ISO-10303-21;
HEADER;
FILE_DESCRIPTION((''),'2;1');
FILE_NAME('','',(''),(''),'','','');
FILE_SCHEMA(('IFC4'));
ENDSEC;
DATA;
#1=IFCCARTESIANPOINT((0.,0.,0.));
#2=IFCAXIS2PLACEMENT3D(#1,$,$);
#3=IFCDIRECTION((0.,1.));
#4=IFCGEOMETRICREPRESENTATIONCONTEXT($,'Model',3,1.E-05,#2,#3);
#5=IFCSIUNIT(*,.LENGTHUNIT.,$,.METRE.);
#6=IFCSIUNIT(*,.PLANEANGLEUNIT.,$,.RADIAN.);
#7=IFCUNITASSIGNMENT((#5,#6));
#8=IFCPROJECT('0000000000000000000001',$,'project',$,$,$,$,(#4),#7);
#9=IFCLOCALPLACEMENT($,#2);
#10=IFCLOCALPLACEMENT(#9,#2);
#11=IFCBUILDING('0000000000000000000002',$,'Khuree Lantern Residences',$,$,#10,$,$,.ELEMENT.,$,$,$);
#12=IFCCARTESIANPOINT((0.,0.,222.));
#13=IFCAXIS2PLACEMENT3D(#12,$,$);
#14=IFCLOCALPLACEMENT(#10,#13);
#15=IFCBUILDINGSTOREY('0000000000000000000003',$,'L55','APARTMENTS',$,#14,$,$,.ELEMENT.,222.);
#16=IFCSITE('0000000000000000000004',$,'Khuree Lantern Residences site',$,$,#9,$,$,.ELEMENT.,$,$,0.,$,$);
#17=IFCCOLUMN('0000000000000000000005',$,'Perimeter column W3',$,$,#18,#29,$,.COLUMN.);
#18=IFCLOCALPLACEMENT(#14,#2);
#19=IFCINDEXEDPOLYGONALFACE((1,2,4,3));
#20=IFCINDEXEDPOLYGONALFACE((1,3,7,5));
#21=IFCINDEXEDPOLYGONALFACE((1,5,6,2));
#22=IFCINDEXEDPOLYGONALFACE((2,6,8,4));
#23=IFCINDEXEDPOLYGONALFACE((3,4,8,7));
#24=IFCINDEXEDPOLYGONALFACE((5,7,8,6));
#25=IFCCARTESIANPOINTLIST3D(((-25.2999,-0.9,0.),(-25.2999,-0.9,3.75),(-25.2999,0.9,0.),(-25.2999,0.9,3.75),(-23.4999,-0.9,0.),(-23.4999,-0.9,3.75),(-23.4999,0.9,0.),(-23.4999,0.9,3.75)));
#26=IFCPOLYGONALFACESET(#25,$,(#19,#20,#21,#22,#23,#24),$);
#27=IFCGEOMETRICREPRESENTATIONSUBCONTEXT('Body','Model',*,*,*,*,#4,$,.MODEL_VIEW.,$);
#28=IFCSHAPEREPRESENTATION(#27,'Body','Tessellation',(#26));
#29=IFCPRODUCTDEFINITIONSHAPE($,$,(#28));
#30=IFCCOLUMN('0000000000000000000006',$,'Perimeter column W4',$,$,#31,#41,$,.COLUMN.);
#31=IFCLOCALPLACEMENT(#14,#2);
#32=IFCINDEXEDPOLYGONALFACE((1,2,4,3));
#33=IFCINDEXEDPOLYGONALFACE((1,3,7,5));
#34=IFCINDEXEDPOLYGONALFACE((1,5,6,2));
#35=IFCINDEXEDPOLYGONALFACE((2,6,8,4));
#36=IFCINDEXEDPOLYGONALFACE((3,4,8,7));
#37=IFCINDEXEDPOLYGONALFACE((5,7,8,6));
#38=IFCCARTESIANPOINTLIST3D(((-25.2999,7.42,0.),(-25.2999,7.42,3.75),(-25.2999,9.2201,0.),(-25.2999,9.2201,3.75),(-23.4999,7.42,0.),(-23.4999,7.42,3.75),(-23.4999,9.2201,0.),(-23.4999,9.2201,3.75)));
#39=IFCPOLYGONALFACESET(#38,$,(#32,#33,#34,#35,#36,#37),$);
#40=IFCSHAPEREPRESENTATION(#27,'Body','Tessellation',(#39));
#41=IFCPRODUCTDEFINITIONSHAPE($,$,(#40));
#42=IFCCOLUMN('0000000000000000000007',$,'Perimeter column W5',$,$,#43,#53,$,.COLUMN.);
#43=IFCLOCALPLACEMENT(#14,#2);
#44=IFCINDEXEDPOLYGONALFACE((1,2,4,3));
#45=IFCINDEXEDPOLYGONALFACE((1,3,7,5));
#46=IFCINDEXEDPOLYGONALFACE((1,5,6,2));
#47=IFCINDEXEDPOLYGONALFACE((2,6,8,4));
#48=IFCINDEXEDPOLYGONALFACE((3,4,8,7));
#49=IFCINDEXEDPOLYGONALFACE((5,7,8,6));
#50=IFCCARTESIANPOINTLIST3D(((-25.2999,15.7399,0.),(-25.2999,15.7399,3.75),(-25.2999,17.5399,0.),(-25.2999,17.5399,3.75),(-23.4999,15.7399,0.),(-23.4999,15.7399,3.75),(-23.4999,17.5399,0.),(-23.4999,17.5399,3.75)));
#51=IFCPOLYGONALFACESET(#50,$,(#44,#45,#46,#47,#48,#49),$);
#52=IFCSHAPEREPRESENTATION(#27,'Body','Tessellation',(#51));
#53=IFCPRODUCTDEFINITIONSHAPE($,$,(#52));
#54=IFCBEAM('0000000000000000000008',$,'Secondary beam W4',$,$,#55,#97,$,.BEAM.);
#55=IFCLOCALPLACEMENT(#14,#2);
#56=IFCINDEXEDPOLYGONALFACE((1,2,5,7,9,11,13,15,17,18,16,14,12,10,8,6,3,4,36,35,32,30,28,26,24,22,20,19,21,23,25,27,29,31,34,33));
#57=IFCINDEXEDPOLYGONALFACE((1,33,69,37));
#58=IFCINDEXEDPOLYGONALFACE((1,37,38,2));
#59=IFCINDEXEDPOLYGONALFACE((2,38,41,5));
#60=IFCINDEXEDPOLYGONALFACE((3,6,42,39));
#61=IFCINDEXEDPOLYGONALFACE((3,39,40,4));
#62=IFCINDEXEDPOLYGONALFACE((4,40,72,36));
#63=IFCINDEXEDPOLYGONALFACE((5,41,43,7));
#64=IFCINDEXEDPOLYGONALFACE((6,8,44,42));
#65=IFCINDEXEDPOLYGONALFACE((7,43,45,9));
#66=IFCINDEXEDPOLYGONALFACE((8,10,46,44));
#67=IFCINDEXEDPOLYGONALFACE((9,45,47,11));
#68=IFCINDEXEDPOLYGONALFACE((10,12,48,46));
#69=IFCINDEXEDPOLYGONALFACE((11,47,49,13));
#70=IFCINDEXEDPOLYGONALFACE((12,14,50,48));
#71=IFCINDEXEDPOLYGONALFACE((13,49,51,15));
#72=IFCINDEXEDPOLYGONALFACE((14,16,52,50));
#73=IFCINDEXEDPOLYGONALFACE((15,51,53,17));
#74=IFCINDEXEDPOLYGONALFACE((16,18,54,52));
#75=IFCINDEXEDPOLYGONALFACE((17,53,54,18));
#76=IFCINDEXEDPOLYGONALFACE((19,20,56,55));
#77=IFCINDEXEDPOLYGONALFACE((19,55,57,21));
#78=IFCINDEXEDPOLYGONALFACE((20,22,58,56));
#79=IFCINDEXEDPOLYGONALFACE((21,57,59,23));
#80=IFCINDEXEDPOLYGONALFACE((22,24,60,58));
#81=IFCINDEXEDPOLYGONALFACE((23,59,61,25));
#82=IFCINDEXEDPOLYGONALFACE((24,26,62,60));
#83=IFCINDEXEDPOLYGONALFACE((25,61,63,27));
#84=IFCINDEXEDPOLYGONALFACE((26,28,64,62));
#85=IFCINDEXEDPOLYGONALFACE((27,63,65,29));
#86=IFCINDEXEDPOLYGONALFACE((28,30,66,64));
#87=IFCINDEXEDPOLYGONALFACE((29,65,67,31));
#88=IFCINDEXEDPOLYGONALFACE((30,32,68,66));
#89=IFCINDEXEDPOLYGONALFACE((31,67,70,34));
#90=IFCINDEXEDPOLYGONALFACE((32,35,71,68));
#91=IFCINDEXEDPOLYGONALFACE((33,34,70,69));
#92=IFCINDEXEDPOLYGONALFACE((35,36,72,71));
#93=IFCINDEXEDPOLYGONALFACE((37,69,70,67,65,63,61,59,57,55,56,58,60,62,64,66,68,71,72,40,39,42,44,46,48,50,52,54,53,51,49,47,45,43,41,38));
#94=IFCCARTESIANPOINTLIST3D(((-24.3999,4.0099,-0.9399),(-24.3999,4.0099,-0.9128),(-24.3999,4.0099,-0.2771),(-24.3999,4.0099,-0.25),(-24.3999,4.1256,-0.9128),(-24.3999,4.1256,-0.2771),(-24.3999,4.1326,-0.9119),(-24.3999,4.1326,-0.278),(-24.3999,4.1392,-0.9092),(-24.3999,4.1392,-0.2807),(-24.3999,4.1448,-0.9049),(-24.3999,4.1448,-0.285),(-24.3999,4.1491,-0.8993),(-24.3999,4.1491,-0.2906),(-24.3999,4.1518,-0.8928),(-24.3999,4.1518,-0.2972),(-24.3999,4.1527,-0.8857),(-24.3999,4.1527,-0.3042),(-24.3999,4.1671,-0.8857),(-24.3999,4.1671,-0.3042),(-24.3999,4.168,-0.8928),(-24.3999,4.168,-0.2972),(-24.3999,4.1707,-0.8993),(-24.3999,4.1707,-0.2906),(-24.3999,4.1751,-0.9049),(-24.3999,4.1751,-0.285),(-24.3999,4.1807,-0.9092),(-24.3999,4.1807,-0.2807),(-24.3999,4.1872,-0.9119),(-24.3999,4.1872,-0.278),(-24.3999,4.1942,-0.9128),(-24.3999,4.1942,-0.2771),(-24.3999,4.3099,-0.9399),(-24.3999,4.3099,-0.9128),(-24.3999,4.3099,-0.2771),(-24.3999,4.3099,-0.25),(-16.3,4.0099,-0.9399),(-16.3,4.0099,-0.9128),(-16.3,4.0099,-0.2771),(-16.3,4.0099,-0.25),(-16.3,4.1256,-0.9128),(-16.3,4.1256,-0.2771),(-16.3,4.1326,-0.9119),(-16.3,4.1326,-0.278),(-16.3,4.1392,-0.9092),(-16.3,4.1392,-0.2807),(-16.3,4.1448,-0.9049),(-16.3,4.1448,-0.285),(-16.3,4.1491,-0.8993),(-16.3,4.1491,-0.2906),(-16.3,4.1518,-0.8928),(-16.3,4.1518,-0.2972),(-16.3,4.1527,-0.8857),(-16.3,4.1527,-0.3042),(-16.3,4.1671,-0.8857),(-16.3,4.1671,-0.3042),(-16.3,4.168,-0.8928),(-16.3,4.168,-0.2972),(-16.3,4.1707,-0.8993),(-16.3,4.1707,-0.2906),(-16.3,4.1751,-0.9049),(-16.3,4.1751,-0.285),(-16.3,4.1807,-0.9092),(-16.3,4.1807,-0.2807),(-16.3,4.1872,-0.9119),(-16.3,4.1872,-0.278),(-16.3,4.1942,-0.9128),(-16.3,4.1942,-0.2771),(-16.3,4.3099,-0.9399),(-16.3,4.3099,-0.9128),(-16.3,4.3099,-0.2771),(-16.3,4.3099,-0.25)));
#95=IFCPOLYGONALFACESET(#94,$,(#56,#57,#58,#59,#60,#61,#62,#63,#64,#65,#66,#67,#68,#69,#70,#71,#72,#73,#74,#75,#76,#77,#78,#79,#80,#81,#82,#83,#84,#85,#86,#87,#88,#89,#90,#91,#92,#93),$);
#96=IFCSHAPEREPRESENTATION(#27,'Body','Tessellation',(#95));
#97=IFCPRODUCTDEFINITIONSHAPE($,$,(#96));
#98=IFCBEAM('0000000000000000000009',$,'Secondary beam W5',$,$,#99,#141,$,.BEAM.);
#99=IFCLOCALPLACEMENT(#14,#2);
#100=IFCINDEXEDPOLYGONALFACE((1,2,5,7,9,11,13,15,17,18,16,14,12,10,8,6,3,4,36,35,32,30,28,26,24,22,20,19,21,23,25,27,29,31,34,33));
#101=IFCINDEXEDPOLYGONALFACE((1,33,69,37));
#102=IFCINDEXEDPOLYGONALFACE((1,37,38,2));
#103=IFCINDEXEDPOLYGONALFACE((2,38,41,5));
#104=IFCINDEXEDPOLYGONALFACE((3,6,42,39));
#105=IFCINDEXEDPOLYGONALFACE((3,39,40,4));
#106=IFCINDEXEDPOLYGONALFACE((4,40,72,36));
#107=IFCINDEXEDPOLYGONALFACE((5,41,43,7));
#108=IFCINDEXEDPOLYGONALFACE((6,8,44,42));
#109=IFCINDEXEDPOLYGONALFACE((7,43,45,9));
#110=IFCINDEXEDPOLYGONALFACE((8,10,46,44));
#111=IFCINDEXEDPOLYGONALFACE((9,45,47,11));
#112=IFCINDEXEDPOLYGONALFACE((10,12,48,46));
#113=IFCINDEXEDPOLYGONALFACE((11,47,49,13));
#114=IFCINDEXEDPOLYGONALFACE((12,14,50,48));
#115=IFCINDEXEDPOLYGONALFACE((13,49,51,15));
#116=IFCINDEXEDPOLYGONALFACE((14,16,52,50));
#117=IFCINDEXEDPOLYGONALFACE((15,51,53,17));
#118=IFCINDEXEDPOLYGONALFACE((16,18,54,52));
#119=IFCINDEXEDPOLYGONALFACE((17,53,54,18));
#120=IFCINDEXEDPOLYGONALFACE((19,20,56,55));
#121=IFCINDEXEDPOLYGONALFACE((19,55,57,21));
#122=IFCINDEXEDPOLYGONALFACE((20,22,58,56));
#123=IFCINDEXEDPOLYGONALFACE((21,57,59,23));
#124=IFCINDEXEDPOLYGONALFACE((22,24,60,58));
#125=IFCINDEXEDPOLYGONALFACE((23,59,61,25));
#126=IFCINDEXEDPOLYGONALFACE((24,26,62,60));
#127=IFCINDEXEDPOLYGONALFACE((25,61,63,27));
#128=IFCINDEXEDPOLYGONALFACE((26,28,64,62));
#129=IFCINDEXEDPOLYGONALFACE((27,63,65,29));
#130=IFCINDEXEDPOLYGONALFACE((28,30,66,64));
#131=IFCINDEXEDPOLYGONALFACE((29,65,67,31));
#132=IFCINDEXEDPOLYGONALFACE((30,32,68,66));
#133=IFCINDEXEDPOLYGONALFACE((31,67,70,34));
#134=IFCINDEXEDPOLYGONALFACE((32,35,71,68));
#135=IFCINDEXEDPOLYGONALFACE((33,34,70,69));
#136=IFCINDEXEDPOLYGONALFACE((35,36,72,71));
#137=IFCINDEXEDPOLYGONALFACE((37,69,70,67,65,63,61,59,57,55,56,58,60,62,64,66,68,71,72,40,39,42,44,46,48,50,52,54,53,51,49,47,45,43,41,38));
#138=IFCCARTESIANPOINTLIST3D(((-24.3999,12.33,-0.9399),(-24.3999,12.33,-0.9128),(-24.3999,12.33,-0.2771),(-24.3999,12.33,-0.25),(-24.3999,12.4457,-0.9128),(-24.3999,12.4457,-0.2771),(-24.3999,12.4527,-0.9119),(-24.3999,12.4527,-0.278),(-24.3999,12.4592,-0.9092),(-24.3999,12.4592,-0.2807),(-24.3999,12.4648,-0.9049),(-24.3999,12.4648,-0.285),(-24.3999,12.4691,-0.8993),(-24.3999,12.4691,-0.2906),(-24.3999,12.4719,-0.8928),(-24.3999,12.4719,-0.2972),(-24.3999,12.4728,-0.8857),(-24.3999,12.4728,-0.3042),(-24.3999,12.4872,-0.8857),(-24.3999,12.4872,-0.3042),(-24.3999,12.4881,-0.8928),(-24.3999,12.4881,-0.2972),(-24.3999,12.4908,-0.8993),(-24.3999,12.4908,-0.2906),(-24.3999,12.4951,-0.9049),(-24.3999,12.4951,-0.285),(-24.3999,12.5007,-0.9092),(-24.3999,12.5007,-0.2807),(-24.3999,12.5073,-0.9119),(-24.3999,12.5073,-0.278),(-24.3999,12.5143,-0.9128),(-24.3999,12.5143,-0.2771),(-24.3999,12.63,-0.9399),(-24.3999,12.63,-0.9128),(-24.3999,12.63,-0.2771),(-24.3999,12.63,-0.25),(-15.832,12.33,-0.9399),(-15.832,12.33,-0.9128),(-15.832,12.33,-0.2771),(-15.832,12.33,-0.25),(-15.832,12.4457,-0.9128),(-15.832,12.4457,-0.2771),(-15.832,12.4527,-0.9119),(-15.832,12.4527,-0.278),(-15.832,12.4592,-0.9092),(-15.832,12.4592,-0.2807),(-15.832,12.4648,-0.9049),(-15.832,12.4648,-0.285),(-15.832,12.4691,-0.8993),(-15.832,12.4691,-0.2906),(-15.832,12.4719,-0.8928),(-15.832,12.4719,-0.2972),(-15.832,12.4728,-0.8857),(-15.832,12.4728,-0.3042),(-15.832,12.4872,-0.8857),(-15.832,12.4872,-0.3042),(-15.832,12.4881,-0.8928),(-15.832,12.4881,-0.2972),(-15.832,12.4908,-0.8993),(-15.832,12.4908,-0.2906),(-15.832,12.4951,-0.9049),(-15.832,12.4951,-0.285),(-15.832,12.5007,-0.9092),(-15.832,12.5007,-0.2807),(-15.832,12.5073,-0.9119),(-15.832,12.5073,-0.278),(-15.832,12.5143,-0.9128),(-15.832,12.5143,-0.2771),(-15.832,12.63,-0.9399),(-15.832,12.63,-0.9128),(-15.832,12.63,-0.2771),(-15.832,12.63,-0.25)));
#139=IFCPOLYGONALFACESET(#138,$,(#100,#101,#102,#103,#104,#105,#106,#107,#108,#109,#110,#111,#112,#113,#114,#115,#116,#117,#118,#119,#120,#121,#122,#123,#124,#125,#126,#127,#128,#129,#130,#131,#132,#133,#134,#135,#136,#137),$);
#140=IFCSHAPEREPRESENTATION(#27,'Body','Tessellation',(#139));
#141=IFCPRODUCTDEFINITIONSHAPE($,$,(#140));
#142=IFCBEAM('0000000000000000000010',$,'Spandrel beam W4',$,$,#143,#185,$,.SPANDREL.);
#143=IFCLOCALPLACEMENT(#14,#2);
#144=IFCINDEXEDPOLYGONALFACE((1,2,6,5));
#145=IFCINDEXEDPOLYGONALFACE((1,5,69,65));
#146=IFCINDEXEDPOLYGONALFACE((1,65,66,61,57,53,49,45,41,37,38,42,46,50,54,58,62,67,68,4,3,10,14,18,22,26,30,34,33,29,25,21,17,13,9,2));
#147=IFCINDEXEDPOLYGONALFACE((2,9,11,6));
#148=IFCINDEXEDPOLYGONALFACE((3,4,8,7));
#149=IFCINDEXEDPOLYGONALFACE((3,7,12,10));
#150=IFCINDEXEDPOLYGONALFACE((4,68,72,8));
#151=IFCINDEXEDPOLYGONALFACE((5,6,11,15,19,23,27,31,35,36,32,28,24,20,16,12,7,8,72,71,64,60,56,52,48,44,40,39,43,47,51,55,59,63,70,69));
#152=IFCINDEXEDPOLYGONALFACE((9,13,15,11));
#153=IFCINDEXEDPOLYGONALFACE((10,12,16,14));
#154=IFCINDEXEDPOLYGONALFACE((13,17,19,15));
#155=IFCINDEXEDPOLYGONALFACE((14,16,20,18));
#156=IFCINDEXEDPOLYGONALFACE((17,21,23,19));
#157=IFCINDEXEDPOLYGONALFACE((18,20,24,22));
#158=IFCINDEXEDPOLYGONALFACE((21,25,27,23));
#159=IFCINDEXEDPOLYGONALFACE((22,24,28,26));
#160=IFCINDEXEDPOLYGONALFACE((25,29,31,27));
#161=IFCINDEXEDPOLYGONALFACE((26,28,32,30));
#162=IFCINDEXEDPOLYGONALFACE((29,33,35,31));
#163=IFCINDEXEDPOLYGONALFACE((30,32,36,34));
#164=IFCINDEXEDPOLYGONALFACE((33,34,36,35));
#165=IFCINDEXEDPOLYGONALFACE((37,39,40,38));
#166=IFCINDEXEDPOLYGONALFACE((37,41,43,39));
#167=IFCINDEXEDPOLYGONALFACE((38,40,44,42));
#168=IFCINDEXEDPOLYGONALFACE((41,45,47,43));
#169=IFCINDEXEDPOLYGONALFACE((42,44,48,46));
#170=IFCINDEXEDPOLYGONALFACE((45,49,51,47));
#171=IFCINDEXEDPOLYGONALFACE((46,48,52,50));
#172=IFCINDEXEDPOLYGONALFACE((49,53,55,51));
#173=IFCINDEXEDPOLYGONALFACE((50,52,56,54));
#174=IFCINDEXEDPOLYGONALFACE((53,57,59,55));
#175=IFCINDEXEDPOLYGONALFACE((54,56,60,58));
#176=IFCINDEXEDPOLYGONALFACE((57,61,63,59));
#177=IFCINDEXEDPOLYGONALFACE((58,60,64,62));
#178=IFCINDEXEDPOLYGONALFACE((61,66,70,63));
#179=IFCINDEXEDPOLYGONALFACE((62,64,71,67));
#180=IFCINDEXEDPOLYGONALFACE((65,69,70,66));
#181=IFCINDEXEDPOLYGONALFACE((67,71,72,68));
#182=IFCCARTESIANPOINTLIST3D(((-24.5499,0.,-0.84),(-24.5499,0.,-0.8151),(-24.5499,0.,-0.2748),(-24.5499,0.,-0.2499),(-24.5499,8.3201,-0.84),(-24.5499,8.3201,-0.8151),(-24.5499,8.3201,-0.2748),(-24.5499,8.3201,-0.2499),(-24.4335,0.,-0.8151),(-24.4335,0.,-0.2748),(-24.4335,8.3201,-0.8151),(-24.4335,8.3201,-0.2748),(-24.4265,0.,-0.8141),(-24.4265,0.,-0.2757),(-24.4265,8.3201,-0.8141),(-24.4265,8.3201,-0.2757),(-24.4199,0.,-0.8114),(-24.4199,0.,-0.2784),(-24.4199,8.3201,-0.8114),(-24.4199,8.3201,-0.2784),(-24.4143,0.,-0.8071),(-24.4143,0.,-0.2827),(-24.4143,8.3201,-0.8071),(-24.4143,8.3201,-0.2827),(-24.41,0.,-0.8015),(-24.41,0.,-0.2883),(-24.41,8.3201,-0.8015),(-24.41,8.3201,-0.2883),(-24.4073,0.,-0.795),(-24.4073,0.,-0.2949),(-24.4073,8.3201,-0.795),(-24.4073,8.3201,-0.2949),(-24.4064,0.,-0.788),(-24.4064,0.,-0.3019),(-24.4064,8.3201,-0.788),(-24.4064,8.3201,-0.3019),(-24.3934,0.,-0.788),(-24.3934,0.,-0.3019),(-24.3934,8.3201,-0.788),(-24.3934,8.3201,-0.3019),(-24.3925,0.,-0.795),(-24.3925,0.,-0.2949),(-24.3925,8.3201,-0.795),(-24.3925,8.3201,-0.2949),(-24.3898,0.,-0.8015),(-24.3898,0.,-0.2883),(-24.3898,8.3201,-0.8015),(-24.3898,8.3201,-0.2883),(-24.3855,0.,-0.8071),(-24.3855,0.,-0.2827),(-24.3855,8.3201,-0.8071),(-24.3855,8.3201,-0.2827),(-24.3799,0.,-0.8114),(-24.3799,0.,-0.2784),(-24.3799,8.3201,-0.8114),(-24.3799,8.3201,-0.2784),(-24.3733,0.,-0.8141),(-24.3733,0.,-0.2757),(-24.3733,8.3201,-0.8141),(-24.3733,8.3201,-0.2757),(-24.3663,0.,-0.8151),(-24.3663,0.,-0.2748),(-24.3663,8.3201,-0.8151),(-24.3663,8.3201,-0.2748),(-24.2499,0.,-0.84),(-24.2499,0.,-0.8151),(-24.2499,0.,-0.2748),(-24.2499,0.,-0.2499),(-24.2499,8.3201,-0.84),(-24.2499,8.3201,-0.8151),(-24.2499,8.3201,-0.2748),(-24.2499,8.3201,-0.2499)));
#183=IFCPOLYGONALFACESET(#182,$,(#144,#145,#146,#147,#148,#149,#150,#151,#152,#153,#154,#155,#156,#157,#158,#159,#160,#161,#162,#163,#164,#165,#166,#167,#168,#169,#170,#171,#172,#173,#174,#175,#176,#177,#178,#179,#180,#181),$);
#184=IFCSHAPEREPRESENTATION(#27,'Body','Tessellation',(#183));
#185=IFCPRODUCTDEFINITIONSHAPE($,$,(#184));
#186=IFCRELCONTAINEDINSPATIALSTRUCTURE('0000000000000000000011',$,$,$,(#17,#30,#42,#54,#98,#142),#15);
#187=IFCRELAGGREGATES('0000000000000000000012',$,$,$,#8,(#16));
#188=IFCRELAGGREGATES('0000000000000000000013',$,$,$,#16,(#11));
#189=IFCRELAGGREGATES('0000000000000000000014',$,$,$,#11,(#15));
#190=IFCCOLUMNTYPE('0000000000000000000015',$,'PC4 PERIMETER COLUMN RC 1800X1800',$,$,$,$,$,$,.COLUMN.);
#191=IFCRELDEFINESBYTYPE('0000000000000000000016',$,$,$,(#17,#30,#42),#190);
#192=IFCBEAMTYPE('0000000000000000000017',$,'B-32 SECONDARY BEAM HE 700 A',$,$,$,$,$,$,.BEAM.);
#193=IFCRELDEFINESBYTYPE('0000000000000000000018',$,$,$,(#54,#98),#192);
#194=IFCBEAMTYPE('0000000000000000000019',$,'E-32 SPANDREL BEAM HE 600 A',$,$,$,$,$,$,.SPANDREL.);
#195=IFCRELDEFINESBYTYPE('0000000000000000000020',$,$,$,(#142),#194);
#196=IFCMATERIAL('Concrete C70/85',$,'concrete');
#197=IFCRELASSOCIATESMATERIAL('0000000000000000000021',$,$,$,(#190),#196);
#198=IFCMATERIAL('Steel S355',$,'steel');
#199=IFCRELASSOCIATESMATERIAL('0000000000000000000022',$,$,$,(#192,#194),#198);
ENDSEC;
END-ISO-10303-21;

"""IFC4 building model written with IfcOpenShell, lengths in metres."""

from ifc_helpers import new_model, si_unit, direction, frame, origin, origin_2d, place, context, subcontext, project, spatial, rectangle, i_section, extrude, material, material_profile, profile_set, type_object, element, save


model = new_model("IFC4")

# Units and contexts
model_context = context("Model", 3, precision=1e-05, world=origin(), true_north=direction((0.0, 1.0)))
body_context = subcontext(model_context, "Body", "Model", "MODEL_VIEW")
ifc_project = project(units=[si_unit("LENGTHUNIT", "METRE"), si_unit("PLANEANGLEUNIT", "RADIAN")], contexts=[model_context])

# Site, building, storey
site_placement = place(None, origin())
site = spatial("IfcSite", under=ifc_project, at=site_placement, Name="Khuree Lantern Residences site", CompositionType="ELEMENT", RefElevation=0.0)
building_placement = place(site_placement, origin())
building = spatial("IfcBuilding", under=site, at=building_placement, Name="Khuree Lantern Residences", CompositionType="ELEMENT")
storey_placement = place(building_placement, frame((0.0, 0.0, 222.0)))
storey = spatial("IfcBuildingStorey", under=building, at=storey_placement, Name="L55", Description="APARTMENTS", CompositionType="ELEMENT", Elevation=222.0)

# Columns
ifc_material_1 = material(Name="Concrete C70/85", Category="concrete")
ifc_material_profile_1 = material_profile(ifc_material_1, rectangle(XDim=1.8, YDim=1.8, at=origin_2d()), Name="RC 1800X1800")
ifc_profile_set_1 = profile_set([ifc_material_profile_1], Name="Concrete C70/85")
column_type = type_object("IfcColumnType", Name="PC4 PERIMETER COLUMN RC 1800X1800", PredefinedType="COLUMN", material=ifc_profile_set_1)
for number, where, z_axis, x_axis, name in (
    (1, (-24.3999, 0.0, 0.0), (0.0, 0.0, 1.0), (0.0, 1.0, 0.0), "Perimeter column W3"),
    (2, (-24.3999, 8.3201, 0.0), (0.0, 0.0, 1.0), (0.0, 1.0, 0.0), "Perimeter column W4"),
    (3, (-24.3999, 16.6399, 0.0), (0.0, 0.0, 1.0), (0.0, 1.0, 0.0), "Perimeter column W5"),
):
    element("IfcColumn", number, at=place(storey_placement, frame(where, z_axis=z_axis, x_axis=x_axis)), inside=storey, type_object=column_type, Name=name, PredefinedType="COLUMN", context=body_context, shape_type="SweptSolid", body=[
        extrude(rectangle(XDim=1.8, YDim=1.8, at=origin_2d()), origin(), (0.0, 0.0, 1.0), 3.75),
    ])

# Beams
ifc_material_2 = material(Name="Steel S355", Category="steel")
ifc_material_profile_2 = material_profile(ifc_material_2, i_section(OverallWidth=0.3, OverallDepth=0.6899, WebThickness=0.0144, FlangeThickness=0.0271, FilletRadius=0.0271, at=origin_2d()), Name="HE 700 A")
ifc_profile_set_2 = profile_set([ifc_material_profile_2], Name="Steel S355")
beam_type_1 = type_object("IfcBeamType", Name="B-32 SECONDARY BEAM HE 700 A", PredefinedType="BEAM", material=ifc_profile_set_2)
beam_1_placement = place(storey_placement, frame((-24.3999, 4.1599, -0.595), z_axis=(1.0, 0.0, 0.0), x_axis=(0.0, 1.0, 0.0)))
element("IfcBeam", 4, at=beam_1_placement, inside=storey, type_object=beam_type_1, Name="Secondary beam W4", PredefinedType="BEAM", context=body_context, shape_type="SweptSolid", body=[
    extrude(i_section(OverallWidth=0.3, OverallDepth=0.6899, WebThickness=0.0144, FlangeThickness=0.0271, FilletRadius=0.0271, at=origin_2d()), origin(), (0.0, 0.0, 1.0), 8.0999),
])
beam_2_placement = place(storey_placement, frame((-24.3999, 12.48, -0.595), z_axis=(1.0, 0.0, 0.0), x_axis=(0.0, 1.0, 0.0)))
element("IfcBeam", 5, at=beam_2_placement, inside=storey, type_object=beam_type_1, Name="Secondary beam W5", PredefinedType="BEAM", context=body_context, shape_type="SweptSolid", body=[
    extrude(i_section(OverallWidth=0.3, OverallDepth=0.6899, WebThickness=0.0144, FlangeThickness=0.0271, FilletRadius=0.0271, at=origin_2d()), origin(), (0.0, 0.0, 1.0), 8.5679),
])
ifc_material_profile_3 = material_profile(ifc_material_2, i_section(OverallWidth=0.3, OverallDepth=0.5901, WebThickness=0.0129, FlangeThickness=0.0249, FilletRadius=0.0271, at=origin_2d()), Name="HE 600 A")
ifc_profile_set_3 = profile_set([ifc_material_profile_3], Name="Steel S355")
beam_type_2 = type_object("IfcBeamType", Name="E-32 SPANDREL BEAM HE 600 A", PredefinedType="SPANDREL", material=ifc_profile_set_3)
beam_3_placement = place(storey_placement, frame((-24.3999, 0.0, -0.5449), z_axis=(0.0, 1.0, 0.0), x_axis=(-1.0, 0.0, 0.0)))
element("IfcBeam", 6, at=beam_3_placement, inside=storey, type_object=beam_type_2, Name="Spandrel beam W4", PredefinedType="SPANDREL", context=body_context, shape_type="SweptSolid", body=[
    extrude(i_section(OverallWidth=0.3, OverallDepth=0.5901, WebThickness=0.0129, FlangeThickness=0.0249, FilletRadius=0.0271, at=origin_2d()), origin(), (0.0, 0.0, 1.0), 8.3201),
])

save(model, "model.ifc")
